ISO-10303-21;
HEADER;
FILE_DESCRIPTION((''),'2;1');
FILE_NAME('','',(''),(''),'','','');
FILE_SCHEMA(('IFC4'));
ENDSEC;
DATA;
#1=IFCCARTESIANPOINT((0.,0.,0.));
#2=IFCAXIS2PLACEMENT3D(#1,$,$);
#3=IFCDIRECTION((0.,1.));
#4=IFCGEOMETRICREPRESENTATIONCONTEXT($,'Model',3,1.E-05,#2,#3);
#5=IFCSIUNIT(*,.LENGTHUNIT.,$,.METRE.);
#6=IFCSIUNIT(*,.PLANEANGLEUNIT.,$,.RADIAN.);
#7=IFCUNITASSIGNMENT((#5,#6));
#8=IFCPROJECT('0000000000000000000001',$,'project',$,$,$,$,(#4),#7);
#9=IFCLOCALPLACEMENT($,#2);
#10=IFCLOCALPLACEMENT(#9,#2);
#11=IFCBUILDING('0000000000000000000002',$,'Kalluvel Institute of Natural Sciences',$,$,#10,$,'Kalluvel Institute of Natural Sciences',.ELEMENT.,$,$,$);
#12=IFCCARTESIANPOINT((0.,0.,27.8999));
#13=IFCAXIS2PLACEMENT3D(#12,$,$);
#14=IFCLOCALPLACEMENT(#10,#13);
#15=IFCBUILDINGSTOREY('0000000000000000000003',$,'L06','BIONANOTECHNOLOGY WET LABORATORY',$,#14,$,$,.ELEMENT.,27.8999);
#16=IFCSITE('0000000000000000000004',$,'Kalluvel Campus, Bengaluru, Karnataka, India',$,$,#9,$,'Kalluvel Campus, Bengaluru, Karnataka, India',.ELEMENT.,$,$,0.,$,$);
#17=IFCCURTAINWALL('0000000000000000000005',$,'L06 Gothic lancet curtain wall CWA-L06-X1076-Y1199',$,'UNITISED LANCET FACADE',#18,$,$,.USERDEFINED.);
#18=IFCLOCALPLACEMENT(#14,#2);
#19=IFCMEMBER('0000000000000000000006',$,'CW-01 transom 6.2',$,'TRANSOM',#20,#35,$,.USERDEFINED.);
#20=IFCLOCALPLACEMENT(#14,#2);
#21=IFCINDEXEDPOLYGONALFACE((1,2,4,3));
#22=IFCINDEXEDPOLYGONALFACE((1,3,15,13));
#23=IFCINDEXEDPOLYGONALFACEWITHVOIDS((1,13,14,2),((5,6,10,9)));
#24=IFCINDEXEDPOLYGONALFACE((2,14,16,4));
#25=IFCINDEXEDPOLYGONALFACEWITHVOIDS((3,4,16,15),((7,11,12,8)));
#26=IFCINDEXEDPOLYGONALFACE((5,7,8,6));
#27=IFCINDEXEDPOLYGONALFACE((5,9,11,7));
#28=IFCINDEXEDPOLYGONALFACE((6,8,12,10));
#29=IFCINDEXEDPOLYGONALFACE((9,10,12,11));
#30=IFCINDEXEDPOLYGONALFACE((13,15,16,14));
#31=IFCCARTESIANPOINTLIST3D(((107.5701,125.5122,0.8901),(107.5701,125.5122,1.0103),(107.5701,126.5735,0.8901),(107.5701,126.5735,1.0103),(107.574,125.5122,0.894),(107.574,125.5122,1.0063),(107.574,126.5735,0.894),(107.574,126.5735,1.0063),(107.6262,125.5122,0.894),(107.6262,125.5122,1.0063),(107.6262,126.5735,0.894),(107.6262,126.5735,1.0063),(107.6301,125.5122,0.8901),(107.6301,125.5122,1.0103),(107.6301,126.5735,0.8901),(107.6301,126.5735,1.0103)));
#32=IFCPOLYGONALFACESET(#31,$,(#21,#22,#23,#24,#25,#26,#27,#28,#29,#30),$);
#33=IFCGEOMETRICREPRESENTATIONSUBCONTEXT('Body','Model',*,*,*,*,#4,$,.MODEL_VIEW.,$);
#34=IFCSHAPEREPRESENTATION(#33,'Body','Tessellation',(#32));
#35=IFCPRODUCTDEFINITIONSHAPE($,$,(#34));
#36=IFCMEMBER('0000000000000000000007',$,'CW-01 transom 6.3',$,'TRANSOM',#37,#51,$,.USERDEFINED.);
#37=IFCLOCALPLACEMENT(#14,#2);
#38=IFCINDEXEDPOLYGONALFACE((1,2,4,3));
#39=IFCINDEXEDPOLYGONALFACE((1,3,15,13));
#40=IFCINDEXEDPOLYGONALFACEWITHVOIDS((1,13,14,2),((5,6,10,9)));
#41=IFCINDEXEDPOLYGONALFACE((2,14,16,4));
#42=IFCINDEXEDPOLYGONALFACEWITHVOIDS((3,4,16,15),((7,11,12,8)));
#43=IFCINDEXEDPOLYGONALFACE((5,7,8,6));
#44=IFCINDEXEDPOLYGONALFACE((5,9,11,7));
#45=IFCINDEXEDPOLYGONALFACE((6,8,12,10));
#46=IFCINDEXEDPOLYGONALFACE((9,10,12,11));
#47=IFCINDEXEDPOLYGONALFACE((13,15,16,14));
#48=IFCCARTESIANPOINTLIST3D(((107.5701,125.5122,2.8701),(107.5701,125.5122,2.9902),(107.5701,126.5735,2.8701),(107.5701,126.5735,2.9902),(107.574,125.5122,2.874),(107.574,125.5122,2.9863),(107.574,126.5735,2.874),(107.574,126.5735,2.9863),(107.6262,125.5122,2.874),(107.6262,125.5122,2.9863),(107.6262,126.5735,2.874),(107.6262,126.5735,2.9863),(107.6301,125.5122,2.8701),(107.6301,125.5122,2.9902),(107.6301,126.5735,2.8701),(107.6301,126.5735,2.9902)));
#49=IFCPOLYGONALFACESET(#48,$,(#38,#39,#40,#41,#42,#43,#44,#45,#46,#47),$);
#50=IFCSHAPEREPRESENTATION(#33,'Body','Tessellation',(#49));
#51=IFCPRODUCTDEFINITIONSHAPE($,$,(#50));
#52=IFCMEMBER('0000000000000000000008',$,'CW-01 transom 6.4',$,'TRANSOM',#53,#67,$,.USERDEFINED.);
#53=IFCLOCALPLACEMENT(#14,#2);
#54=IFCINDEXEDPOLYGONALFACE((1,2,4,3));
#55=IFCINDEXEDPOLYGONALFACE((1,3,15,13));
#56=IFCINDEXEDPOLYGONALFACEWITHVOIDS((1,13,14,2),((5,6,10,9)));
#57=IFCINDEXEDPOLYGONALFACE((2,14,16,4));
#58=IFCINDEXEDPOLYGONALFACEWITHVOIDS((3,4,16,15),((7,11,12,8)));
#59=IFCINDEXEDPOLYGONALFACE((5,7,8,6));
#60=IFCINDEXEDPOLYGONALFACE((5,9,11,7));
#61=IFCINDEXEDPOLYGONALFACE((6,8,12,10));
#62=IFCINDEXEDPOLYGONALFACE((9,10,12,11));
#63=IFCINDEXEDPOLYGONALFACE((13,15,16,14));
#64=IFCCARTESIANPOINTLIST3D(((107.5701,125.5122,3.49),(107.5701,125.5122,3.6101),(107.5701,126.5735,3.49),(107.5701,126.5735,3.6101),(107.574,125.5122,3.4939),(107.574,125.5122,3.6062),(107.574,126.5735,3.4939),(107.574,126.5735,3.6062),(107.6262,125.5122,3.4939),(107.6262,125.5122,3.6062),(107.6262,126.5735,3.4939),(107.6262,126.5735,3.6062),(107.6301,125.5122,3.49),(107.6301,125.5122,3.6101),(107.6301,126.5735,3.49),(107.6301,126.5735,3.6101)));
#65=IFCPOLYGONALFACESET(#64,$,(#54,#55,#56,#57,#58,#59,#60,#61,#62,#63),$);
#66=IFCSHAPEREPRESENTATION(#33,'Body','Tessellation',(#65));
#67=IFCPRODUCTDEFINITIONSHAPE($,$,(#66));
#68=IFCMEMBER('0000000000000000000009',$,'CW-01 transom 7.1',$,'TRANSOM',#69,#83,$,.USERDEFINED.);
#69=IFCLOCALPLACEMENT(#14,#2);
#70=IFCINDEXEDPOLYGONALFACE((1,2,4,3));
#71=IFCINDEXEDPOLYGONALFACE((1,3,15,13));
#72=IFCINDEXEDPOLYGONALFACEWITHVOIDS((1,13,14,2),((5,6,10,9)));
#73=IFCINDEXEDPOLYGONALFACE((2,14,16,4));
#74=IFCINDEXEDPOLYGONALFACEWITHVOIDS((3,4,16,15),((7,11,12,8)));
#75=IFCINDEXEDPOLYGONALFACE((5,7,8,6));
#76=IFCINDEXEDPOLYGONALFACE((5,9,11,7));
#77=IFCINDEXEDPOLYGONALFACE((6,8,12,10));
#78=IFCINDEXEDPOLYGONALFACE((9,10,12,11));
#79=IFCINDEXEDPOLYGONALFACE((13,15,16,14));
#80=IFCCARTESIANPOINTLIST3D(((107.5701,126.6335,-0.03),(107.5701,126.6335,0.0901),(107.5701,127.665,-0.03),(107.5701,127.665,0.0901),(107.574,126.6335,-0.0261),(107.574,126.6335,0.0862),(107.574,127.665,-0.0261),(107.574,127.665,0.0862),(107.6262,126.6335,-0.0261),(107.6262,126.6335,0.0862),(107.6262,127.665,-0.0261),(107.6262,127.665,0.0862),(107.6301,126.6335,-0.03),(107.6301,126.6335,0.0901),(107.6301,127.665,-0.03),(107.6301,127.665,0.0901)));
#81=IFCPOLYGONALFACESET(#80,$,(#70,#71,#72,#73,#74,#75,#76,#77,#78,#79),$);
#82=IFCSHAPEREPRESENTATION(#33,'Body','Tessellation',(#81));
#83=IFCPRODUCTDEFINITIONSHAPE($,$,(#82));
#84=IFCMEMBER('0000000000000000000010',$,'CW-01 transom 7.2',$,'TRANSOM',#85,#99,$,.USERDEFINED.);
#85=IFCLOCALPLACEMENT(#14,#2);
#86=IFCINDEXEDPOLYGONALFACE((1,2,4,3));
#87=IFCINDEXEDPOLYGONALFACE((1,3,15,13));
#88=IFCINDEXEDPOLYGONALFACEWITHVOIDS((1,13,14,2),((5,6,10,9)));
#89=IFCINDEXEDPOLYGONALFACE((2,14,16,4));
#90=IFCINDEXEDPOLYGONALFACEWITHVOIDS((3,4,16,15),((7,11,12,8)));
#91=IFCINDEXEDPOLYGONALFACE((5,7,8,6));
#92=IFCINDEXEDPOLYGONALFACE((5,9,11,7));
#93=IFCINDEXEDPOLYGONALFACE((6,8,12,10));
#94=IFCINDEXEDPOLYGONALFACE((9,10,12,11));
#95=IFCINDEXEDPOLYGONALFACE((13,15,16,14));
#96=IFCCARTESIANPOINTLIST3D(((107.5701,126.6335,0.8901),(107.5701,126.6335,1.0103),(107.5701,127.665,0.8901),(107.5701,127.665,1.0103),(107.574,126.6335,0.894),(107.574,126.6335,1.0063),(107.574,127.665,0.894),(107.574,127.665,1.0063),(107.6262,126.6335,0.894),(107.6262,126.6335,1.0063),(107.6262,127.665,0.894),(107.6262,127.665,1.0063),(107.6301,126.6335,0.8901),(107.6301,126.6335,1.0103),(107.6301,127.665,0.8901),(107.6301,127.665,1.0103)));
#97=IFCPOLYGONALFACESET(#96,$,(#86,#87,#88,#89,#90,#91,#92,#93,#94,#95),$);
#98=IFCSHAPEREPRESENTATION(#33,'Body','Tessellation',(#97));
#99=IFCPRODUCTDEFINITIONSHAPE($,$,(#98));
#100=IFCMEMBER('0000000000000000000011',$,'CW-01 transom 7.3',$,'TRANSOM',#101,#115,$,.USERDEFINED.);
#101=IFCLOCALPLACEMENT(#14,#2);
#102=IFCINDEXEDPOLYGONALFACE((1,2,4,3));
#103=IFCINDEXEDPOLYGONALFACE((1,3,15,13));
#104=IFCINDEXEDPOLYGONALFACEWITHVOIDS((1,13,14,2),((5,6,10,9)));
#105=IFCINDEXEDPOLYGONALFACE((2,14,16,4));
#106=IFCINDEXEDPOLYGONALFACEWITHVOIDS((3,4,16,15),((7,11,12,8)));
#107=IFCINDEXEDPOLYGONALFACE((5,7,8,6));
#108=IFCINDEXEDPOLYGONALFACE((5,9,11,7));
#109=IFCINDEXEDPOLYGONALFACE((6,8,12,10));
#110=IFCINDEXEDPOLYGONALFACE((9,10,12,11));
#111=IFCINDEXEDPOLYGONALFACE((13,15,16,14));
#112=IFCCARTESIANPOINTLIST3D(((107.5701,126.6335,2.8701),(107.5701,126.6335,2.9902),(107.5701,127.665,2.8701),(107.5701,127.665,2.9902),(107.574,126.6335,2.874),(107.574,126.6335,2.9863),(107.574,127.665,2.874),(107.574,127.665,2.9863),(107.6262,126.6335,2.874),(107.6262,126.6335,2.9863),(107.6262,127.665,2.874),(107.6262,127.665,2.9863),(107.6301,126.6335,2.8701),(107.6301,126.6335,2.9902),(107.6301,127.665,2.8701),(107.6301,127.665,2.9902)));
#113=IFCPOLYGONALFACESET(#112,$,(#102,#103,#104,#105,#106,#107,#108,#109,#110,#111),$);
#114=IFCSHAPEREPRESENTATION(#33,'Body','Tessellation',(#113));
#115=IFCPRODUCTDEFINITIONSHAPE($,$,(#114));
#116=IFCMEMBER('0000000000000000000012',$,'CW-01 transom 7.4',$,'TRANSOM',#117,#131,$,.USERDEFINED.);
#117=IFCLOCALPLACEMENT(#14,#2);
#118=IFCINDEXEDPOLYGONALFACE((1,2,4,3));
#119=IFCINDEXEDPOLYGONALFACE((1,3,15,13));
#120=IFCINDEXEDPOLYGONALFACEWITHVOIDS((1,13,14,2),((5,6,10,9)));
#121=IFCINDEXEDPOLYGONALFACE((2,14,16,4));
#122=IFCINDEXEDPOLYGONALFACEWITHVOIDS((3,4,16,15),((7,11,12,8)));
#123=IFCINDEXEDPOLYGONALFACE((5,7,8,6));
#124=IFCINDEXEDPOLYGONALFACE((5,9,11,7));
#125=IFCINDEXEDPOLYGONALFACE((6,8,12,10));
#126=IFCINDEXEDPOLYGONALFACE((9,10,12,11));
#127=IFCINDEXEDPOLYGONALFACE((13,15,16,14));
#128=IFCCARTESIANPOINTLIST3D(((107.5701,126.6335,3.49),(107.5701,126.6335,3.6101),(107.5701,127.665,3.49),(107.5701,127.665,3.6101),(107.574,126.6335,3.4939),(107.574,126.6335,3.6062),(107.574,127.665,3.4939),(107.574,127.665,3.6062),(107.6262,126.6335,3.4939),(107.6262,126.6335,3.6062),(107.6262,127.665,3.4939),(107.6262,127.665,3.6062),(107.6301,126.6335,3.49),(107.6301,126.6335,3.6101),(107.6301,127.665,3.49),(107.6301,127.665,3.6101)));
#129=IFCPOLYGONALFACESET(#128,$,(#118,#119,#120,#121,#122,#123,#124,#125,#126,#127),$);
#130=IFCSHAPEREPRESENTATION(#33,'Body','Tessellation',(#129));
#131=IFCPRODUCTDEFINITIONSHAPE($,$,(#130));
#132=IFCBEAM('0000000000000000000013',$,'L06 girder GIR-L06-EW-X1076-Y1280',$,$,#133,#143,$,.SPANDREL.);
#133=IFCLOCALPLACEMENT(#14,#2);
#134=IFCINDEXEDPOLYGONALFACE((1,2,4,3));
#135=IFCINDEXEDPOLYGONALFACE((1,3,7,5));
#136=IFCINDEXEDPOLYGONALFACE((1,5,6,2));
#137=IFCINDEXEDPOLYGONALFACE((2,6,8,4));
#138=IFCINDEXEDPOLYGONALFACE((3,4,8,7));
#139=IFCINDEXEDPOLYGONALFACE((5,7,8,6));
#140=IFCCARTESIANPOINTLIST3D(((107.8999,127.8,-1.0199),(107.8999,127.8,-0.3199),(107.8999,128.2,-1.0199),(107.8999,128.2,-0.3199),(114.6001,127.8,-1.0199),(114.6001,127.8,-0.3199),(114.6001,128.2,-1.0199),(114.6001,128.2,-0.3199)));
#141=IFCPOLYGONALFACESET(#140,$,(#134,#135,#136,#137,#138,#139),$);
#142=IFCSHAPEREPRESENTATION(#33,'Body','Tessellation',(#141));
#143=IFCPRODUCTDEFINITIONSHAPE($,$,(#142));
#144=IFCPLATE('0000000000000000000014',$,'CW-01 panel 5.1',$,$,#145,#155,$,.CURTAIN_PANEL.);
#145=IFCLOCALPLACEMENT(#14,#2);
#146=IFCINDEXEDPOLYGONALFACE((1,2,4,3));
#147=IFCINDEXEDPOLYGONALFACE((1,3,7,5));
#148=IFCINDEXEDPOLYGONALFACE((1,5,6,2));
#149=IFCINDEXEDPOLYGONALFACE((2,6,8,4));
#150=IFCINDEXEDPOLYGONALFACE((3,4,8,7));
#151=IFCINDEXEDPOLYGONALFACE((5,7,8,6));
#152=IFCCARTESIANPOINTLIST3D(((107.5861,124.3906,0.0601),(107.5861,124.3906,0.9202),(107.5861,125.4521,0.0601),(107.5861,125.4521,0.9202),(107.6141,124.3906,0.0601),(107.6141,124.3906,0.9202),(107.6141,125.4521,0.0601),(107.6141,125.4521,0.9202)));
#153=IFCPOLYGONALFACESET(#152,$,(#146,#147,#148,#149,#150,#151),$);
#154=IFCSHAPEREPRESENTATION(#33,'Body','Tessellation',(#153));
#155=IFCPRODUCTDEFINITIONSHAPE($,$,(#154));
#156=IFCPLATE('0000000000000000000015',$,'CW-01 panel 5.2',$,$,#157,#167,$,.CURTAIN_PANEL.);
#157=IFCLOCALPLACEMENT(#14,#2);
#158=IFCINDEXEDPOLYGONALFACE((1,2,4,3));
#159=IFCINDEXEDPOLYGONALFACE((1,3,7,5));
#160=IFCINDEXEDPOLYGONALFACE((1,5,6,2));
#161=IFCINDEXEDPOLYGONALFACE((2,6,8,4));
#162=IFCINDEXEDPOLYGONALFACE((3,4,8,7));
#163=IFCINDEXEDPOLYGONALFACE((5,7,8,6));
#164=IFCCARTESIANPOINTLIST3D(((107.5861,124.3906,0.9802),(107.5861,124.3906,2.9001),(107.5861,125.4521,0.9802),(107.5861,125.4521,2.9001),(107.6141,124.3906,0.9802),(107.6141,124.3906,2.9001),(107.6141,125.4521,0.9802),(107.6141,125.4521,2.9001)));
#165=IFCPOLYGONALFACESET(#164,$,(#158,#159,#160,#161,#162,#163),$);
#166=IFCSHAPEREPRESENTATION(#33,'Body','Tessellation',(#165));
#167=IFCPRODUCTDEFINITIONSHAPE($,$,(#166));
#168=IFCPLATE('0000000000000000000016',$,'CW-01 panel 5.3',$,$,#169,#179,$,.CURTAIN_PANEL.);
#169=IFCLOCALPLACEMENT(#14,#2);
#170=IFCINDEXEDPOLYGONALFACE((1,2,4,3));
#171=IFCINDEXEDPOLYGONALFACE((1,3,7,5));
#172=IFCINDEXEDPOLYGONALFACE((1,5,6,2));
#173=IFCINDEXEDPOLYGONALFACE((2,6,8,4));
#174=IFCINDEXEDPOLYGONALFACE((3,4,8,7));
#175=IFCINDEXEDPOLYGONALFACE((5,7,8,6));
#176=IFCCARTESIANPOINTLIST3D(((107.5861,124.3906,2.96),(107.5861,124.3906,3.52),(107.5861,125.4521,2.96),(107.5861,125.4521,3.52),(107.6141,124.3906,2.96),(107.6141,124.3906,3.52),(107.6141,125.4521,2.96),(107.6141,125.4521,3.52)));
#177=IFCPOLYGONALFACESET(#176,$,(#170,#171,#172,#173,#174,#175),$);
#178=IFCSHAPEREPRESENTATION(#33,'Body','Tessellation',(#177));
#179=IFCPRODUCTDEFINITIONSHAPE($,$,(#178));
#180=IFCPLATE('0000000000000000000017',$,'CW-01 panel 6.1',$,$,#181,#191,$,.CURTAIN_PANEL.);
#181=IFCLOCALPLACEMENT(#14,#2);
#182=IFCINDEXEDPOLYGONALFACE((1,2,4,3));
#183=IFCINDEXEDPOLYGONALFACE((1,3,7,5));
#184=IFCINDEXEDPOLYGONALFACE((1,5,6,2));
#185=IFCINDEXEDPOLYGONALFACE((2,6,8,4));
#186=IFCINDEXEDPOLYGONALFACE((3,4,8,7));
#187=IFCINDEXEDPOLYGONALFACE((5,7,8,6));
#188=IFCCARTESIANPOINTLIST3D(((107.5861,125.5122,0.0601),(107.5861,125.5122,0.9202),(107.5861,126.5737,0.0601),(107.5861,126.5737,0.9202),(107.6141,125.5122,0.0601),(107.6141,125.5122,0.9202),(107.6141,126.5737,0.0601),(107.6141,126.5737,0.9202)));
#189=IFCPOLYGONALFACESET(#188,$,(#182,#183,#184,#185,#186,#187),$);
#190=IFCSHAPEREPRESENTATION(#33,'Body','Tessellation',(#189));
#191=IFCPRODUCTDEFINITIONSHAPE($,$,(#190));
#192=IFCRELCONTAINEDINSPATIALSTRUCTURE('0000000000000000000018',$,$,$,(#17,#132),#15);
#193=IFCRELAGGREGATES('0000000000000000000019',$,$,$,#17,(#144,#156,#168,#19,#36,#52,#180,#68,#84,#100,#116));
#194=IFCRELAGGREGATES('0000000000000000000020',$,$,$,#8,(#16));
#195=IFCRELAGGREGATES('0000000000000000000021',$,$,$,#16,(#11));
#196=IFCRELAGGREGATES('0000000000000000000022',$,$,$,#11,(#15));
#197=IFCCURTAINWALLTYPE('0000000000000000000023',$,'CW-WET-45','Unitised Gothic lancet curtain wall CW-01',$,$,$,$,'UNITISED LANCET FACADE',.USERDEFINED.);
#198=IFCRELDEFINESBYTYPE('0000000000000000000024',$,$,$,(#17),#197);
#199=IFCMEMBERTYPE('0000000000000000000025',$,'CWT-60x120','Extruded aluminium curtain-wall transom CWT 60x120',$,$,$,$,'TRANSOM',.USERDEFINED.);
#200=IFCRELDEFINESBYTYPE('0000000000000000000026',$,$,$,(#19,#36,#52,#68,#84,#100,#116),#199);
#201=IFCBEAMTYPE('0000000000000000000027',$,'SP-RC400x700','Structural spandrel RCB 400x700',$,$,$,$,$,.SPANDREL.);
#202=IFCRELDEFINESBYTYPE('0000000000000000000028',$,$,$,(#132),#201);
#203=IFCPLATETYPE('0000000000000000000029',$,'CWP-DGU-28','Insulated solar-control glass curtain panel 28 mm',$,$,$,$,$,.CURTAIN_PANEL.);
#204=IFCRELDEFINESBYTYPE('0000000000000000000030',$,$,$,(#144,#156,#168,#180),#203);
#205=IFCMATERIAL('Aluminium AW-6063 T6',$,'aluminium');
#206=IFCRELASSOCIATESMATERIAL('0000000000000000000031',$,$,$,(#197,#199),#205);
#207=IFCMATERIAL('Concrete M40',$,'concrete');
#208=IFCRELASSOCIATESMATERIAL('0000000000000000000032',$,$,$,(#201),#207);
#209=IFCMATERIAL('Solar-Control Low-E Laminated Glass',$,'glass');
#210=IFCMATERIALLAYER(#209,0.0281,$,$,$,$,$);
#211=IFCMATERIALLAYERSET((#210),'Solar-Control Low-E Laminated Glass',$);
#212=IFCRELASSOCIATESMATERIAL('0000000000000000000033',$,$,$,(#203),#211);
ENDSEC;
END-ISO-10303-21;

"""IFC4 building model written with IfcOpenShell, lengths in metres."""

from ifc_helpers import new_model, si_unit, direction, frame, origin, origin_2d, place, context, subcontext, project, spatial, rectangle, hollow_rectangle, extrude, material, layer, layer_set, material_profile, profile_set, type_object, element, aggregate, save


model = new_model("IFC4")

# Units and contexts
model_context = context("Model", 3, precision=1e-05, world=origin(), true_north=direction((0.0, 1.0)))
body_context = subcontext(model_context, "Body", "Model", "MODEL_VIEW")
ifc_project = project(units=[si_unit("LENGTHUNIT", "METRE"), si_unit("PLANEANGLEUNIT", "RADIAN")], contexts=[model_context])

# Site, building, storey
site_placement = place(None, origin())
site = spatial("IfcSite", under=ifc_project, at=site_placement, Name="Kalluvel Campus, Bengaluru, Karnataka, India", LongName="Kalluvel Campus, Bengaluru, Karnataka, India", CompositionType="ELEMENT", RefElevation=0.0)
building_placement = place(site_placement, origin())
building = spatial("IfcBuilding", under=site, at=building_placement, Name="Kalluvel Institute of Natural Sciences", LongName="Kalluvel Institute of Natural Sciences", CompositionType="ELEMENT")
storey_placement = place(building_placement, frame((0.0, 0.0, 27.8999)))
storey = spatial("IfcBuildingStorey", under=building, at=storey_placement, Name="L06", Description="BIONANOTECHNOLOGY WET LABORATORY", CompositionType="ELEMENT", Elevation=27.8999)

# Shared definitions
ifc_material_1 = material(Name="Concrete M40", Category="concrete")

# Shared definitions
ifc_material_2 = material(Name="Aluminium AW-6063 T6", Category="aluminium")
curtain_wall_type = type_object("IfcCurtainWallType", Name="CW-WET-45", Description="Unitised Gothic lancet curtain wall CW-01", ElementType="UNITISED LANCET FACADE", PredefinedType="USERDEFINED", material=ifc_material_2)

# Curtain wall, members
curtain_wall_1_placement = place(storey_placement, origin())
curtain_wall_1 = element("IfcCurtainWall", 1, at=curtain_wall_1_placement, inside=storey, type_object=curtain_wall_type, Name="L06 Gothic lancet curtain wall CWA-L06-X1076-Y1199", ObjectType="UNITISED LANCET FACADE", PredefinedType="USERDEFINED")
ifc_material_profile_1 = material_profile(ifc_material_2, hollow_rectangle(XDim=0.0601, YDim=0.1201, WallThickness=0.0039, at=origin_2d()), Name="CWT 60x120")
ifc_profile_set_1 = profile_set([ifc_material_profile_1], Name="Aluminium AW-6063 T6")
member_type_1 = type_object("IfcMemberType", Name="CWT-60x120", Description="Extruded aluminium curtain-wall transom CWT 60x120", ElementType="TRANSOM", PredefinedType="USERDEFINED", material=ifc_profile_set_1)
member_1_placement = place(storey_placement, frame((107.6001, 125.5122, 0.9502), z_axis=(0.0, 1.0, 0.0), x_axis=(-1.0, 0.0, 0.0)))
member_1 = element("IfcMember", 2, at=member_1_placement, type_object=member_type_1, Name="CW-01 transom 6.2", ObjectType="TRANSOM", PredefinedType="USERDEFINED", context=body_context, shape_type="SweptSolid", body=[
    extrude(hollow_rectangle(XDim=0.0601, YDim=0.1201, WallThickness=0.0039, at=origin_2d()), origin(), (0.0, 0.0, 1.0), 1.0613),
])
member_2_placement = place(storey_placement, frame((107.6001, 125.5122, 2.9302), z_axis=(0.0, 1.0, 0.0), x_axis=(-1.0, 0.0, 0.0)))
member_2 = element("IfcMember", 3, at=member_2_placement, type_object=member_type_1, Name="CW-01 transom 6.3", ObjectType="TRANSOM", PredefinedType="USERDEFINED", context=body_context, shape_type="SweptSolid", body=[
    extrude(hollow_rectangle(XDim=0.0601, YDim=0.1201, WallThickness=0.0039, at=origin_2d()), origin(), (0.0, 0.0, 1.0), 1.0613),
])
member_3_placement = place(storey_placement, frame((107.6001, 125.5122, 3.55), z_axis=(0.0, 1.0, 0.0), x_axis=(-1.0, 0.0, 0.0)))
member_3 = element("IfcMember", 4, at=member_3_placement, type_object=member_type_1, Name="CW-01 transom 6.4", ObjectType="TRANSOM", PredefinedType="USERDEFINED", context=body_context, shape_type="SweptSolid", body=[
    extrude(hollow_rectangle(XDim=0.0601, YDim=0.1201, WallThickness=0.0039, at=origin_2d()), origin(), (0.0, 0.0, 1.0), 1.0613),
])
member_4_placement = place(storey_placement, frame((107.6001, 126.6335, 0.03), z_axis=(0.0, 1.0, 0.0), x_axis=(-1.0, 0.0, 0.0)))
member_4 = element("IfcMember", 5, at=member_4_placement, type_object=member_type_1, Name="CW-01 transom 7.1", ObjectType="TRANSOM", PredefinedType="USERDEFINED", context=body_context, shape_type="SweptSolid", body=[
    extrude(hollow_rectangle(XDim=0.0601, YDim=0.1201, WallThickness=0.0039, at=origin_2d()), origin(), (0.0, 0.0, 1.0), 1.0315),
])
member_5_placement = place(storey_placement, frame((107.6001, 126.6335, 0.9502), z_axis=(0.0, 1.0, 0.0), x_axis=(-1.0, 0.0, 0.0)))
member_5 = element("IfcMember", 6, at=member_5_placement, type_object=member_type_1, Name="CW-01 transom 7.2", ObjectType="TRANSOM", PredefinedType="USERDEFINED", context=body_context, shape_type="SweptSolid", body=[
    extrude(hollow_rectangle(XDim=0.0601, YDim=0.1201, WallThickness=0.0039, at=origin_2d()), origin(), (0.0, 0.0, 1.0), 1.0315),
])
member_6_placement = place(storey_placement, frame((107.6001, 126.6335, 2.9302), z_axis=(0.0, 1.0, 0.0), x_axis=(-1.0, 0.0, 0.0)))
member_6 = element("IfcMember", 7, at=member_6_placement, type_object=member_type_1, Name="CW-01 transom 7.3", ObjectType="TRANSOM", PredefinedType="USERDEFINED", context=body_context, shape_type="SweptSolid", body=[
    extrude(hollow_rectangle(XDim=0.0601, YDim=0.1201, WallThickness=0.0039, at=origin_2d()), origin(), (0.0, 0.0, 1.0), 1.0315),
])
member_7_placement = place(storey_placement, frame((107.6001, 126.6335, 3.55), z_axis=(0.0, 1.0, 0.0), x_axis=(-1.0, 0.0, 0.0)))
member_7 = element("IfcMember", 8, at=member_7_placement, type_object=member_type_1, Name="CW-01 transom 7.4", ObjectType="TRANSOM", PredefinedType="USERDEFINED", context=body_context, shape_type="SweptSolid", body=[
    extrude(hollow_rectangle(XDim=0.0601, YDim=0.1201, WallThickness=0.0039, at=origin_2d()), origin(), (0.0, 0.0, 1.0), 1.0315),
])

# Beam
ifc_material_profile_2 = material_profile(ifc_material_1, rectangle(XDim=0.3999, YDim=0.7, at=origin_2d()), Name="RCB 400x700")
ifc_profile_set_2 = profile_set([ifc_material_profile_2], Name="Concrete M40")
beam_type = type_object("IfcBeamType", Name="SP-RC400x700", Description="Structural spandrel RCB 400x700", PredefinedType="SPANDREL", material=ifc_profile_set_2)
beam_placement = place(storey_placement, frame((107.8999, 128.0, -0.6699), z_axis=(1.0, 0.0, 0.0), x_axis=(0.0, 1.0, 0.0)))
element("IfcBeam", 9, at=beam_placement, inside=storey, type_object=beam_type, Name="L06 girder GIR-L06-EW-X1076-Y1280", PredefinedType="SPANDREL", context=body_context, shape_type="SweptSolid", body=[
    extrude(rectangle(XDim=0.3999, YDim=0.7, at=origin_2d()), origin(), (0.0, 0.0, 1.0), 6.7002),
])

# Plates
ifc_material_3 = material(Name="Solar-Control Low-E Laminated Glass", Category="glass")
ifc_layer = layer(ifc_material_3, 0.0281)
ifc_layer_set = layer_set([ifc_layer], Name="Solar-Control Low-E Laminated Glass")
plate_type = type_object("IfcPlateType", Name="CWP-DGU-28", Description="Insulated solar-control glass curtain panel 28 mm", PredefinedType="CURTAIN_PANEL", material=ifc_layer_set)
plate_1_placement = place(storey_placement, frame((107.6001, 124.9214, 0.0601), z_axis=(0.0, 0.0, 1.0), x_axis=(0.0, 1.0, 0.0)))
plate_1 = element("IfcPlate", 10, at=plate_1_placement, type_object=plate_type, Name="CW-01 panel 5.1", PredefinedType="CURTAIN_PANEL", context=body_context, shape_type="SweptSolid", body=[
    extrude(rectangle(XDim=1.0615, YDim=0.0281, at=origin_2d()), origin(), (0.0, 0.0, 1.0), 0.8601),
])
plate_2_placement = place(storey_placement, frame((107.6001, 124.9214, 0.9802), z_axis=(0.0, 0.0, 1.0), x_axis=(0.0, 1.0, 0.0)))
plate_2 = element("IfcPlate", 11, at=plate_2_placement, type_object=plate_type, Name="CW-01 panel 5.2", PredefinedType="CURTAIN_PANEL", context=body_context, shape_type="SweptSolid", body=[
    extrude(rectangle(XDim=1.0615, YDim=0.0281, at=origin_2d()), origin(), (0.0, 0.0, 1.0), 1.9199),
])
plate_3_placement = place(storey_placement, frame((107.6001, 124.9214, 2.96), z_axis=(0.0, 0.0, 1.0), x_axis=(0.0, 1.0, 0.0)))
plate_3 = element("IfcPlate", 12, at=plate_3_placement, type_object=plate_type, Name="CW-01 panel 5.3", PredefinedType="CURTAIN_PANEL", context=body_context, shape_type="SweptSolid", body=[
    extrude(rectangle(XDim=1.0615, YDim=0.0281, at=origin_2d()), origin(), (0.0, 0.0, 1.0), 0.5601),
])
plate_4_placement = place(storey_placement, frame((107.6001, 126.043, 0.0601), z_axis=(0.0, 0.0, 1.0), x_axis=(0.0, 1.0, 0.0)))
plate_4 = element("IfcPlate", 13, at=plate_4_placement, type_object=plate_type, Name="CW-01 panel 6.1", PredefinedType="CURTAIN_PANEL", context=body_context, shape_type="SweptSolid", body=[
    extrude(rectangle(XDim=1.0615, YDim=0.0281, at=origin_2d()), origin(), (0.0, 0.0, 1.0), 0.8601),
])
aggregate(curtain_wall_1, [plate_1, plate_2, plate_3, member_1, member_2, member_3, plate_4, member_4, member_5, member_6, member_7])

save(model, "model.ifc")
